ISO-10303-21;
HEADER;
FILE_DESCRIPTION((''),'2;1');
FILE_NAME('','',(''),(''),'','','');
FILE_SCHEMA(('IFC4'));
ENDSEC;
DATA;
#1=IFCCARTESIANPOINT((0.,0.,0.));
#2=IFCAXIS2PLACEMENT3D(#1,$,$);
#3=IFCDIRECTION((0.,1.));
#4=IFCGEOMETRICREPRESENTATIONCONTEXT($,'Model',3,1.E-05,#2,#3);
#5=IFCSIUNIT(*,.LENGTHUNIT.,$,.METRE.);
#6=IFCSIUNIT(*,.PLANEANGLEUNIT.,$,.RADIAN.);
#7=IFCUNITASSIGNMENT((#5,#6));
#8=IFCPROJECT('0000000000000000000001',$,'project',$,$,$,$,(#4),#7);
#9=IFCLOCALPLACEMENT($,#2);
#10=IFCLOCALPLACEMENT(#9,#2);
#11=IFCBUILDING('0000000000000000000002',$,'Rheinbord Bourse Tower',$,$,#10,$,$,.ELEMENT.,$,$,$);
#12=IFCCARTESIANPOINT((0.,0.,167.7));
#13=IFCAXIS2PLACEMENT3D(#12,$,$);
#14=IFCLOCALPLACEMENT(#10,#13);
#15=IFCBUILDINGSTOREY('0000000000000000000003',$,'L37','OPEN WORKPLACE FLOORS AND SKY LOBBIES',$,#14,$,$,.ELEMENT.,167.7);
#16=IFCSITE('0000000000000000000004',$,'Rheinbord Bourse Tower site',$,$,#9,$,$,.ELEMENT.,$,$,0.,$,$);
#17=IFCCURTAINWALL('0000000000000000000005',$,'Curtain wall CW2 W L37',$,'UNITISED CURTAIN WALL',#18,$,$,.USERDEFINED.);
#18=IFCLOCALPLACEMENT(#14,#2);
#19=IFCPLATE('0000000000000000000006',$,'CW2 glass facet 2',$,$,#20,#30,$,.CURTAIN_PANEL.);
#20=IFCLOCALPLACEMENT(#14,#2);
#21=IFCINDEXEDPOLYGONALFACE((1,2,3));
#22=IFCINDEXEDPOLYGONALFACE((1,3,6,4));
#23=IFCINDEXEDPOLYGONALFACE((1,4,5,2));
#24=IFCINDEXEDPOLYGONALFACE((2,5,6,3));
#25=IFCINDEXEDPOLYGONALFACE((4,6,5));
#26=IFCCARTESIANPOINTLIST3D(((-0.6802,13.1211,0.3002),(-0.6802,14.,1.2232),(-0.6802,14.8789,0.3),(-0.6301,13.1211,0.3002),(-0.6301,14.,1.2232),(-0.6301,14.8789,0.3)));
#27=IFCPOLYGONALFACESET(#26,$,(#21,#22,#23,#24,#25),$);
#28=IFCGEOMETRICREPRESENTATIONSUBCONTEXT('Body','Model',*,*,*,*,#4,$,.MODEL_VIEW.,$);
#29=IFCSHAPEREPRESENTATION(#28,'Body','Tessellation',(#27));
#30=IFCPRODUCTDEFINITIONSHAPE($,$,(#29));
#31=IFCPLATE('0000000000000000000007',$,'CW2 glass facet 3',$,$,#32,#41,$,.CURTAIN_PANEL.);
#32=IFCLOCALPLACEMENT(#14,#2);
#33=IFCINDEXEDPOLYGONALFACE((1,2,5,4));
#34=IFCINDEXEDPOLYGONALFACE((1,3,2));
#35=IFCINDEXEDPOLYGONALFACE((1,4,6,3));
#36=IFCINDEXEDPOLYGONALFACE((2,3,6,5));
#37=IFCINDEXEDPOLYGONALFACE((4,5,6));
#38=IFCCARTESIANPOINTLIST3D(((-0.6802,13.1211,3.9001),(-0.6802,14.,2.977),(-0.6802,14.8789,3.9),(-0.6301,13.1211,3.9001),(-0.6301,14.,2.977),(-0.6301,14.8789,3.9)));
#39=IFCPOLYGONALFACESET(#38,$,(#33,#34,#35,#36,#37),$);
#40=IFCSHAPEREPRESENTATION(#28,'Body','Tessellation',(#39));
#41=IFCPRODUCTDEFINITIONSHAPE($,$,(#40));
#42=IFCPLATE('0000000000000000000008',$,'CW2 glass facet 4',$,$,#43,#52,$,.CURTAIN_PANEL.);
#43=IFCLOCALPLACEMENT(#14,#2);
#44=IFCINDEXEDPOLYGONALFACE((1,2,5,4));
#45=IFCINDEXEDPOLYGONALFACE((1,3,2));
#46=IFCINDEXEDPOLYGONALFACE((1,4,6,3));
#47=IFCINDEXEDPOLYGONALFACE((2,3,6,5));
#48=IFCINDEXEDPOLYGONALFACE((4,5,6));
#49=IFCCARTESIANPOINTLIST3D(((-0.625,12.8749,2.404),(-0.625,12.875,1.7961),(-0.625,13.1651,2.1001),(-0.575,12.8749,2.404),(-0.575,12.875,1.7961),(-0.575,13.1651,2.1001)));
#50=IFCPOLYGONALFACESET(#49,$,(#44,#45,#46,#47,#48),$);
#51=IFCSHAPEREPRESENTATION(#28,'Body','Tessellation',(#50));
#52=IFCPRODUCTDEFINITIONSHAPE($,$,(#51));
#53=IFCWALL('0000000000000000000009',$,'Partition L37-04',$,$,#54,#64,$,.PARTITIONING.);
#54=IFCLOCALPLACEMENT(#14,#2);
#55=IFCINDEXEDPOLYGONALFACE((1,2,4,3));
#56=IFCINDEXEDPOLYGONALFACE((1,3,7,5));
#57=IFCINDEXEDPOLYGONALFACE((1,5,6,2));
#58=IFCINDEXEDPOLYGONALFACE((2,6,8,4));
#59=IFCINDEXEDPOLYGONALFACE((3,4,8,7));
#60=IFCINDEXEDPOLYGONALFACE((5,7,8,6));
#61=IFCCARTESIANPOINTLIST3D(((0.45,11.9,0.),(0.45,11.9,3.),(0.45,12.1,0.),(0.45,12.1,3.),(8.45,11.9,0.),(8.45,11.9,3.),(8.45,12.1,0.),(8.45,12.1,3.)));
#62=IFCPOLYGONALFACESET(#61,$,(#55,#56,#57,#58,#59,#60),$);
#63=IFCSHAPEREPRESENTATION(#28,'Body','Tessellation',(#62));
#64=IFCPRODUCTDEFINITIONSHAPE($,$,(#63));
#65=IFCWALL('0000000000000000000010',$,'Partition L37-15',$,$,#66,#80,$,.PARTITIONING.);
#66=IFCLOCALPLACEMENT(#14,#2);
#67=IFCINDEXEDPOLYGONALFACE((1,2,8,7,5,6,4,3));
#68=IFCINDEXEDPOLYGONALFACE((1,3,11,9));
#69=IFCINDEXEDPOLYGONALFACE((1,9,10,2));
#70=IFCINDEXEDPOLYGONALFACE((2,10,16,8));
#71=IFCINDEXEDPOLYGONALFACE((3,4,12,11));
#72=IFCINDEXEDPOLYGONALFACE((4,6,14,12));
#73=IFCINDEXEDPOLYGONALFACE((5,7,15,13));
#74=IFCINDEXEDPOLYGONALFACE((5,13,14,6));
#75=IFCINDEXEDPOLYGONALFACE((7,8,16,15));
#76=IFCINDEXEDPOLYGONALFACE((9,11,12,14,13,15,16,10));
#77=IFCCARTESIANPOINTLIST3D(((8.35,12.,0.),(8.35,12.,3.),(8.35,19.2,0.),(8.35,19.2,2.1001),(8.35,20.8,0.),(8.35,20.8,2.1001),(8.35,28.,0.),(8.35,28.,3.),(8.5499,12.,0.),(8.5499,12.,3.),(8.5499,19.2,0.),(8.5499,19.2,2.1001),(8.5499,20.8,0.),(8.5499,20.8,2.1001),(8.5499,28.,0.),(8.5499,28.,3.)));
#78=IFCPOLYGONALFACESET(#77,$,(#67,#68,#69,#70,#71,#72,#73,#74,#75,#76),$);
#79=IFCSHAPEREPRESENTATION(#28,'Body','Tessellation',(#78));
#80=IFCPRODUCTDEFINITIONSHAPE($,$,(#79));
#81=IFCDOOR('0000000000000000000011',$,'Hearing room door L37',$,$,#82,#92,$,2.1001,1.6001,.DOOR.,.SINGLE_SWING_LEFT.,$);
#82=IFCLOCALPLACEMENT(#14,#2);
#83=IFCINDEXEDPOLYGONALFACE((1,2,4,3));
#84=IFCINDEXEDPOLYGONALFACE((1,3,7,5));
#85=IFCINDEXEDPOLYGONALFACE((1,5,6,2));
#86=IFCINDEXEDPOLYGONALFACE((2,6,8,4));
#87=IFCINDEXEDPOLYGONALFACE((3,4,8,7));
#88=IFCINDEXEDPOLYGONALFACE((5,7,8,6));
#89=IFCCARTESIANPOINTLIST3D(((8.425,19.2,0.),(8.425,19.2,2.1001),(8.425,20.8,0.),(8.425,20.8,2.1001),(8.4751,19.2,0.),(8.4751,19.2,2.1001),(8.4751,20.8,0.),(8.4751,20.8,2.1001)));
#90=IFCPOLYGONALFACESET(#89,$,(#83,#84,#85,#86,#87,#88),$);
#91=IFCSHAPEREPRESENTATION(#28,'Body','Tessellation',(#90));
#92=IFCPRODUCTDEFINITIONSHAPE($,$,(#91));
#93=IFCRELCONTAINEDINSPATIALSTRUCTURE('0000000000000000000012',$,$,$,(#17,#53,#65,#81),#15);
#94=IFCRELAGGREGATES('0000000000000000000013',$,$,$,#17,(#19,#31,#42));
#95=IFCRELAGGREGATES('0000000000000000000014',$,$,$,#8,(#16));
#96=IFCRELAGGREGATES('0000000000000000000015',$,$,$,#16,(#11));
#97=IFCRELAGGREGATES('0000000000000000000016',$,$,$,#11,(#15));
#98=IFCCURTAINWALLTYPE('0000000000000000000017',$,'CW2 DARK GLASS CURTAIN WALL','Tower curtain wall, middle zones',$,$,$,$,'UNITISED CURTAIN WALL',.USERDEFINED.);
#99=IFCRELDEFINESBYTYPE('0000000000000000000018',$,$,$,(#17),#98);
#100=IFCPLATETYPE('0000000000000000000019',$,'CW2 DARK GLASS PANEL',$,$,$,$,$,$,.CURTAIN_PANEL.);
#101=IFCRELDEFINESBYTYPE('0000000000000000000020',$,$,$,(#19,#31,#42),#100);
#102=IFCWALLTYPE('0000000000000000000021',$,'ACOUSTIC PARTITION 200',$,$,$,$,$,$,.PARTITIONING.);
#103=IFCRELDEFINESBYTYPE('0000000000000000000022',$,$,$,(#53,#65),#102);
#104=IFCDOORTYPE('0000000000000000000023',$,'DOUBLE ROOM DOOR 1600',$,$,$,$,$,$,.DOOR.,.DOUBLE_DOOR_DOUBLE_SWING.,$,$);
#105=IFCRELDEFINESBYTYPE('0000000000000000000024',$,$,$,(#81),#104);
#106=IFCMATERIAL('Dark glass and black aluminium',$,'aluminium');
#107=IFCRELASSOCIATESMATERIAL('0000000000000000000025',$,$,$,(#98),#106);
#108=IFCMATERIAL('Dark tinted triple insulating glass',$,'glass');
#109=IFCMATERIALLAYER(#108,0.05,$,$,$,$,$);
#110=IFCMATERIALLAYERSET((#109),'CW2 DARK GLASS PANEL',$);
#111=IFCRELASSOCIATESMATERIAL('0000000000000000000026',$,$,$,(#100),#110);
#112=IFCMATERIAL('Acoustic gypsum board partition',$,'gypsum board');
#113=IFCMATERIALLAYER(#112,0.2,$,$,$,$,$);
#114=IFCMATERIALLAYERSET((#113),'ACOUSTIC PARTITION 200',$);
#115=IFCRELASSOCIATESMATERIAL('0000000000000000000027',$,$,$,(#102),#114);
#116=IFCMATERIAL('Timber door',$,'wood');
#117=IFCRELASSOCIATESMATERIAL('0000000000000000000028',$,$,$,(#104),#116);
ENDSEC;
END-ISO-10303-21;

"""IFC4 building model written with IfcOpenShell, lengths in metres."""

from ifc_helpers import new_model, si_unit, direction, frame, frame_2d, origin, place, context, subcontext, project, spatial, polyline, rectangle, outline, extrude, material, layer, layer_set, type_object, element, fill, aggregate, save


model = new_model("IFC4")

# Units and contexts
model_context = context("Model", 3, precision=1e-05, world=origin(), true_north=direction((0.0, 1.0)))
body_context = subcontext(model_context, "Body", "Model", "MODEL_VIEW")
ifc_project = project(units=[si_unit("LENGTHUNIT", "METRE"), si_unit("PLANEANGLEUNIT", "RADIAN")], contexts=[model_context])

# Site, building, storey
site_placement = place(None, origin())
site = spatial("IfcSite", under=ifc_project, at=site_placement, Name="Rheinbord Bourse Tower site", CompositionType="ELEMENT", RefElevation=0.0)
building_placement = place(site_placement, origin())
building = spatial("IfcBuilding", under=site, at=building_placement, Name="Rheinbord Bourse Tower", CompositionType="ELEMENT")
storey_placement = place(building_placement, frame((0.0, 0.0, 167.7)))
storey = spatial("IfcBuildingStorey", under=building, at=storey_placement, Name="L37", Description="OPEN WORKPLACE FLOORS AND SKY LOBBIES", CompositionType="ELEMENT", Elevation=167.7)

# Curtain wall
ifc_material_1 = material(Name="Dark glass and black aluminium", Category="aluminium")
curtain_wall_type = type_object("IfcCurtainWallType", Name="CW2 DARK GLASS CURTAIN WALL", Description="Tower curtain wall, middle zones", ElementType="UNITISED CURTAIN WALL", PredefinedType="USERDEFINED", material=ifc_material_1)
curtain_wall_placement = place(storey_placement, origin())
curtain_wall = element("IfcCurtainWall", 1, at=curtain_wall_placement, inside=storey, type_object=curtain_wall_type, Name="Curtain wall CW2 W L37", ObjectType="UNITISED CURTAIN WALL", PredefinedType="USERDEFINED")

# Plates
ifc_material_2 = material(Name="Dark tinted triple insulating glass", Category="glass")
ifc_layer_1 = layer(ifc_material_2, 0.05)
ifc_layer_set_1 = layer_set([ifc_layer_1], Name="CW2 DARK GLASS PANEL")
plate_type = type_object("IfcPlateType", Name="CW2 DARK GLASS PANEL", PredefinedType="CURTAIN_PANEL", material=ifc_layer_set_1)
plate_1_placement = place(storey_placement, frame((-0.6802, 14.8789, 0.3), z_axis=(1.0, 0.0, 0.0), x_axis=(0.0, -0.68956, 0.724229)))
plate_1 = element("IfcPlate", 2, at=plate_1_placement, type_object=plate_type, Name="CW2 glass facet 2", PredefinedType="CURTAIN_PANEL", context=body_context, shape_type="SweptSolid", body=[
    extrude(outline(polyline([(0.0, 0.0), (1.2747, 0.0), (1.2122, 1.2729), (0.0, 0.0)])), origin(), (0.0, 0.0, 1.0), 0.05),
])
plate_2_placement = place(storey_placement, frame((-0.6802, 13.1211, 3.9001), z_axis=(1.0, 0.0, 0.0), x_axis=(0.0, 0.68956, -0.724229)))
plate_2 = element("IfcPlate", 3, at=plate_2_placement, type_object=plate_type, Name="CW2 glass facet 3", PredefinedType="CURTAIN_PANEL", context=body_context, shape_type="SweptSolid", body=[
    extrude(outline(polyline([(0.0, 0.0), (1.2747, 0.0), (1.2122, 1.2729), (0.0, 0.0)])), origin(), (0.0, 0.0, 1.0), 0.05),
])
plate_3_placement = place(storey_placement, frame((-0.625, 12.875, 1.7961), z_axis=(1.0, 0.0, 0.0), x_axis=(0.0, 0.690351, 0.723474)))
plate_3 = element("IfcPlate", 4, at=plate_3_placement, type_object=plate_type, Name="CW2 glass facet 4", PredefinedType="CURTAIN_PANEL", context=body_context, shape_type="SweptSolid", body=[
    extrude(outline(polyline([(0.0, 0.0), (0.4202, 0.0), (0.4397, 0.4197), (0.0, 0.0)])), origin(), (0.0, 0.0, 1.0), 0.05),
])
aggregate(curtain_wall, [plate_1, plate_2, plate_3])

# Wall
ifc_material_3 = material(Name="Acoustic gypsum board partition", Category="gypsum board")
ifc_layer_2 = layer(ifc_material_3, 0.2)
ifc_layer_set_2 = layer_set([ifc_layer_2], Name="ACOUSTIC PARTITION 200")
wall_type = type_object("IfcWallType", Name="ACOUSTIC PARTITION 200", PredefinedType="PARTITIONING", material=ifc_layer_set_2)
wall_1_placement = place(storey_placement, frame((0.45, 12.0, 0.0), z_axis=(0.0, 0.0, 1.0), x_axis=(1.0, 0.0, 0.0)))
element("IfcWall", 5, at=wall_1_placement, inside=storey, type_object=wall_type, Name="Partition L37-04", PredefinedType="PARTITIONING", context=body_context, shape_type="SweptSolid", body=[
    extrude(rectangle(XDim=8.0, YDim=0.2, at=frame_2d((4.0, 0.0))), origin(), (0.0, 0.0, 1.0), 3.0),
])

# Wall, opening, door
wall_2_placement = place(storey_placement, frame((8.45, 12.0, 0.0), z_axis=(0.0, 0.0, 1.0), x_axis=(0.0, 1.0, 0.0)))
wall_2 = element("IfcWall", 6, at=wall_2_placement, inside=storey, type_object=wall_type, Name="Partition L37-15", PredefinedType="PARTITIONING", context=body_context, shape_type="SweptSolid", body=[
    extrude(rectangle(XDim=16.0, YDim=0.2, at=frame_2d((8.0, 0.0))), origin(), (0.0, 0.0, 1.0), 3.0),
])
opening_placement = place(wall_2_placement, frame((7.2, 0.0, 0.0)))
opening = element("IfcOpeningElement", 7, at=opening_placement, cuts=wall_2, PredefinedType="OPENING", context=body_context, shape_type="SweptSolid", body=[
    extrude(rectangle(XDim=1.6001, YDim=2.1001, at=frame_2d((0.8, 1.05))), frame((0.0, 0.1099, 0.0), z_axis=(0.0, -1.0, 0.0), x_axis=(1.0, 0.0, 0.0)), (0.0, 0.0, 1.0), 0.22),
])
ifc_material_4 = material(Name="Timber door", Category="wood")
door_type = type_object("IfcDoorType", Name="DOUBLE ROOM DOOR 1600", OperationType="DOUBLE_DOOR_DOUBLE_SWING", PredefinedType="DOOR", material=ifc_material_4)
door_placement = place(opening_placement, origin())
door = element("IfcDoor", 8, at=door_placement, inside=storey, type_object=door_type, Name="Hearing room door L37", OperationType="SINGLE_SWING_LEFT", OverallHeight=2.1001, OverallWidth=1.6001, PredefinedType="DOOR", context=body_context, shape_type="SweptSolid", body=[
    extrude(rectangle(XDim=1.6001, YDim=2.1001, at=frame_2d((0.8, 1.05))), frame((0.0, 0.0249, 0.0), z_axis=(0.0, -1.0, 0.0), x_axis=(1.0, 0.0, 0.0)), (0.0, 0.0, 1.0), 0.05),
])
fill(opening, door)

save(model, "model.ifc")
